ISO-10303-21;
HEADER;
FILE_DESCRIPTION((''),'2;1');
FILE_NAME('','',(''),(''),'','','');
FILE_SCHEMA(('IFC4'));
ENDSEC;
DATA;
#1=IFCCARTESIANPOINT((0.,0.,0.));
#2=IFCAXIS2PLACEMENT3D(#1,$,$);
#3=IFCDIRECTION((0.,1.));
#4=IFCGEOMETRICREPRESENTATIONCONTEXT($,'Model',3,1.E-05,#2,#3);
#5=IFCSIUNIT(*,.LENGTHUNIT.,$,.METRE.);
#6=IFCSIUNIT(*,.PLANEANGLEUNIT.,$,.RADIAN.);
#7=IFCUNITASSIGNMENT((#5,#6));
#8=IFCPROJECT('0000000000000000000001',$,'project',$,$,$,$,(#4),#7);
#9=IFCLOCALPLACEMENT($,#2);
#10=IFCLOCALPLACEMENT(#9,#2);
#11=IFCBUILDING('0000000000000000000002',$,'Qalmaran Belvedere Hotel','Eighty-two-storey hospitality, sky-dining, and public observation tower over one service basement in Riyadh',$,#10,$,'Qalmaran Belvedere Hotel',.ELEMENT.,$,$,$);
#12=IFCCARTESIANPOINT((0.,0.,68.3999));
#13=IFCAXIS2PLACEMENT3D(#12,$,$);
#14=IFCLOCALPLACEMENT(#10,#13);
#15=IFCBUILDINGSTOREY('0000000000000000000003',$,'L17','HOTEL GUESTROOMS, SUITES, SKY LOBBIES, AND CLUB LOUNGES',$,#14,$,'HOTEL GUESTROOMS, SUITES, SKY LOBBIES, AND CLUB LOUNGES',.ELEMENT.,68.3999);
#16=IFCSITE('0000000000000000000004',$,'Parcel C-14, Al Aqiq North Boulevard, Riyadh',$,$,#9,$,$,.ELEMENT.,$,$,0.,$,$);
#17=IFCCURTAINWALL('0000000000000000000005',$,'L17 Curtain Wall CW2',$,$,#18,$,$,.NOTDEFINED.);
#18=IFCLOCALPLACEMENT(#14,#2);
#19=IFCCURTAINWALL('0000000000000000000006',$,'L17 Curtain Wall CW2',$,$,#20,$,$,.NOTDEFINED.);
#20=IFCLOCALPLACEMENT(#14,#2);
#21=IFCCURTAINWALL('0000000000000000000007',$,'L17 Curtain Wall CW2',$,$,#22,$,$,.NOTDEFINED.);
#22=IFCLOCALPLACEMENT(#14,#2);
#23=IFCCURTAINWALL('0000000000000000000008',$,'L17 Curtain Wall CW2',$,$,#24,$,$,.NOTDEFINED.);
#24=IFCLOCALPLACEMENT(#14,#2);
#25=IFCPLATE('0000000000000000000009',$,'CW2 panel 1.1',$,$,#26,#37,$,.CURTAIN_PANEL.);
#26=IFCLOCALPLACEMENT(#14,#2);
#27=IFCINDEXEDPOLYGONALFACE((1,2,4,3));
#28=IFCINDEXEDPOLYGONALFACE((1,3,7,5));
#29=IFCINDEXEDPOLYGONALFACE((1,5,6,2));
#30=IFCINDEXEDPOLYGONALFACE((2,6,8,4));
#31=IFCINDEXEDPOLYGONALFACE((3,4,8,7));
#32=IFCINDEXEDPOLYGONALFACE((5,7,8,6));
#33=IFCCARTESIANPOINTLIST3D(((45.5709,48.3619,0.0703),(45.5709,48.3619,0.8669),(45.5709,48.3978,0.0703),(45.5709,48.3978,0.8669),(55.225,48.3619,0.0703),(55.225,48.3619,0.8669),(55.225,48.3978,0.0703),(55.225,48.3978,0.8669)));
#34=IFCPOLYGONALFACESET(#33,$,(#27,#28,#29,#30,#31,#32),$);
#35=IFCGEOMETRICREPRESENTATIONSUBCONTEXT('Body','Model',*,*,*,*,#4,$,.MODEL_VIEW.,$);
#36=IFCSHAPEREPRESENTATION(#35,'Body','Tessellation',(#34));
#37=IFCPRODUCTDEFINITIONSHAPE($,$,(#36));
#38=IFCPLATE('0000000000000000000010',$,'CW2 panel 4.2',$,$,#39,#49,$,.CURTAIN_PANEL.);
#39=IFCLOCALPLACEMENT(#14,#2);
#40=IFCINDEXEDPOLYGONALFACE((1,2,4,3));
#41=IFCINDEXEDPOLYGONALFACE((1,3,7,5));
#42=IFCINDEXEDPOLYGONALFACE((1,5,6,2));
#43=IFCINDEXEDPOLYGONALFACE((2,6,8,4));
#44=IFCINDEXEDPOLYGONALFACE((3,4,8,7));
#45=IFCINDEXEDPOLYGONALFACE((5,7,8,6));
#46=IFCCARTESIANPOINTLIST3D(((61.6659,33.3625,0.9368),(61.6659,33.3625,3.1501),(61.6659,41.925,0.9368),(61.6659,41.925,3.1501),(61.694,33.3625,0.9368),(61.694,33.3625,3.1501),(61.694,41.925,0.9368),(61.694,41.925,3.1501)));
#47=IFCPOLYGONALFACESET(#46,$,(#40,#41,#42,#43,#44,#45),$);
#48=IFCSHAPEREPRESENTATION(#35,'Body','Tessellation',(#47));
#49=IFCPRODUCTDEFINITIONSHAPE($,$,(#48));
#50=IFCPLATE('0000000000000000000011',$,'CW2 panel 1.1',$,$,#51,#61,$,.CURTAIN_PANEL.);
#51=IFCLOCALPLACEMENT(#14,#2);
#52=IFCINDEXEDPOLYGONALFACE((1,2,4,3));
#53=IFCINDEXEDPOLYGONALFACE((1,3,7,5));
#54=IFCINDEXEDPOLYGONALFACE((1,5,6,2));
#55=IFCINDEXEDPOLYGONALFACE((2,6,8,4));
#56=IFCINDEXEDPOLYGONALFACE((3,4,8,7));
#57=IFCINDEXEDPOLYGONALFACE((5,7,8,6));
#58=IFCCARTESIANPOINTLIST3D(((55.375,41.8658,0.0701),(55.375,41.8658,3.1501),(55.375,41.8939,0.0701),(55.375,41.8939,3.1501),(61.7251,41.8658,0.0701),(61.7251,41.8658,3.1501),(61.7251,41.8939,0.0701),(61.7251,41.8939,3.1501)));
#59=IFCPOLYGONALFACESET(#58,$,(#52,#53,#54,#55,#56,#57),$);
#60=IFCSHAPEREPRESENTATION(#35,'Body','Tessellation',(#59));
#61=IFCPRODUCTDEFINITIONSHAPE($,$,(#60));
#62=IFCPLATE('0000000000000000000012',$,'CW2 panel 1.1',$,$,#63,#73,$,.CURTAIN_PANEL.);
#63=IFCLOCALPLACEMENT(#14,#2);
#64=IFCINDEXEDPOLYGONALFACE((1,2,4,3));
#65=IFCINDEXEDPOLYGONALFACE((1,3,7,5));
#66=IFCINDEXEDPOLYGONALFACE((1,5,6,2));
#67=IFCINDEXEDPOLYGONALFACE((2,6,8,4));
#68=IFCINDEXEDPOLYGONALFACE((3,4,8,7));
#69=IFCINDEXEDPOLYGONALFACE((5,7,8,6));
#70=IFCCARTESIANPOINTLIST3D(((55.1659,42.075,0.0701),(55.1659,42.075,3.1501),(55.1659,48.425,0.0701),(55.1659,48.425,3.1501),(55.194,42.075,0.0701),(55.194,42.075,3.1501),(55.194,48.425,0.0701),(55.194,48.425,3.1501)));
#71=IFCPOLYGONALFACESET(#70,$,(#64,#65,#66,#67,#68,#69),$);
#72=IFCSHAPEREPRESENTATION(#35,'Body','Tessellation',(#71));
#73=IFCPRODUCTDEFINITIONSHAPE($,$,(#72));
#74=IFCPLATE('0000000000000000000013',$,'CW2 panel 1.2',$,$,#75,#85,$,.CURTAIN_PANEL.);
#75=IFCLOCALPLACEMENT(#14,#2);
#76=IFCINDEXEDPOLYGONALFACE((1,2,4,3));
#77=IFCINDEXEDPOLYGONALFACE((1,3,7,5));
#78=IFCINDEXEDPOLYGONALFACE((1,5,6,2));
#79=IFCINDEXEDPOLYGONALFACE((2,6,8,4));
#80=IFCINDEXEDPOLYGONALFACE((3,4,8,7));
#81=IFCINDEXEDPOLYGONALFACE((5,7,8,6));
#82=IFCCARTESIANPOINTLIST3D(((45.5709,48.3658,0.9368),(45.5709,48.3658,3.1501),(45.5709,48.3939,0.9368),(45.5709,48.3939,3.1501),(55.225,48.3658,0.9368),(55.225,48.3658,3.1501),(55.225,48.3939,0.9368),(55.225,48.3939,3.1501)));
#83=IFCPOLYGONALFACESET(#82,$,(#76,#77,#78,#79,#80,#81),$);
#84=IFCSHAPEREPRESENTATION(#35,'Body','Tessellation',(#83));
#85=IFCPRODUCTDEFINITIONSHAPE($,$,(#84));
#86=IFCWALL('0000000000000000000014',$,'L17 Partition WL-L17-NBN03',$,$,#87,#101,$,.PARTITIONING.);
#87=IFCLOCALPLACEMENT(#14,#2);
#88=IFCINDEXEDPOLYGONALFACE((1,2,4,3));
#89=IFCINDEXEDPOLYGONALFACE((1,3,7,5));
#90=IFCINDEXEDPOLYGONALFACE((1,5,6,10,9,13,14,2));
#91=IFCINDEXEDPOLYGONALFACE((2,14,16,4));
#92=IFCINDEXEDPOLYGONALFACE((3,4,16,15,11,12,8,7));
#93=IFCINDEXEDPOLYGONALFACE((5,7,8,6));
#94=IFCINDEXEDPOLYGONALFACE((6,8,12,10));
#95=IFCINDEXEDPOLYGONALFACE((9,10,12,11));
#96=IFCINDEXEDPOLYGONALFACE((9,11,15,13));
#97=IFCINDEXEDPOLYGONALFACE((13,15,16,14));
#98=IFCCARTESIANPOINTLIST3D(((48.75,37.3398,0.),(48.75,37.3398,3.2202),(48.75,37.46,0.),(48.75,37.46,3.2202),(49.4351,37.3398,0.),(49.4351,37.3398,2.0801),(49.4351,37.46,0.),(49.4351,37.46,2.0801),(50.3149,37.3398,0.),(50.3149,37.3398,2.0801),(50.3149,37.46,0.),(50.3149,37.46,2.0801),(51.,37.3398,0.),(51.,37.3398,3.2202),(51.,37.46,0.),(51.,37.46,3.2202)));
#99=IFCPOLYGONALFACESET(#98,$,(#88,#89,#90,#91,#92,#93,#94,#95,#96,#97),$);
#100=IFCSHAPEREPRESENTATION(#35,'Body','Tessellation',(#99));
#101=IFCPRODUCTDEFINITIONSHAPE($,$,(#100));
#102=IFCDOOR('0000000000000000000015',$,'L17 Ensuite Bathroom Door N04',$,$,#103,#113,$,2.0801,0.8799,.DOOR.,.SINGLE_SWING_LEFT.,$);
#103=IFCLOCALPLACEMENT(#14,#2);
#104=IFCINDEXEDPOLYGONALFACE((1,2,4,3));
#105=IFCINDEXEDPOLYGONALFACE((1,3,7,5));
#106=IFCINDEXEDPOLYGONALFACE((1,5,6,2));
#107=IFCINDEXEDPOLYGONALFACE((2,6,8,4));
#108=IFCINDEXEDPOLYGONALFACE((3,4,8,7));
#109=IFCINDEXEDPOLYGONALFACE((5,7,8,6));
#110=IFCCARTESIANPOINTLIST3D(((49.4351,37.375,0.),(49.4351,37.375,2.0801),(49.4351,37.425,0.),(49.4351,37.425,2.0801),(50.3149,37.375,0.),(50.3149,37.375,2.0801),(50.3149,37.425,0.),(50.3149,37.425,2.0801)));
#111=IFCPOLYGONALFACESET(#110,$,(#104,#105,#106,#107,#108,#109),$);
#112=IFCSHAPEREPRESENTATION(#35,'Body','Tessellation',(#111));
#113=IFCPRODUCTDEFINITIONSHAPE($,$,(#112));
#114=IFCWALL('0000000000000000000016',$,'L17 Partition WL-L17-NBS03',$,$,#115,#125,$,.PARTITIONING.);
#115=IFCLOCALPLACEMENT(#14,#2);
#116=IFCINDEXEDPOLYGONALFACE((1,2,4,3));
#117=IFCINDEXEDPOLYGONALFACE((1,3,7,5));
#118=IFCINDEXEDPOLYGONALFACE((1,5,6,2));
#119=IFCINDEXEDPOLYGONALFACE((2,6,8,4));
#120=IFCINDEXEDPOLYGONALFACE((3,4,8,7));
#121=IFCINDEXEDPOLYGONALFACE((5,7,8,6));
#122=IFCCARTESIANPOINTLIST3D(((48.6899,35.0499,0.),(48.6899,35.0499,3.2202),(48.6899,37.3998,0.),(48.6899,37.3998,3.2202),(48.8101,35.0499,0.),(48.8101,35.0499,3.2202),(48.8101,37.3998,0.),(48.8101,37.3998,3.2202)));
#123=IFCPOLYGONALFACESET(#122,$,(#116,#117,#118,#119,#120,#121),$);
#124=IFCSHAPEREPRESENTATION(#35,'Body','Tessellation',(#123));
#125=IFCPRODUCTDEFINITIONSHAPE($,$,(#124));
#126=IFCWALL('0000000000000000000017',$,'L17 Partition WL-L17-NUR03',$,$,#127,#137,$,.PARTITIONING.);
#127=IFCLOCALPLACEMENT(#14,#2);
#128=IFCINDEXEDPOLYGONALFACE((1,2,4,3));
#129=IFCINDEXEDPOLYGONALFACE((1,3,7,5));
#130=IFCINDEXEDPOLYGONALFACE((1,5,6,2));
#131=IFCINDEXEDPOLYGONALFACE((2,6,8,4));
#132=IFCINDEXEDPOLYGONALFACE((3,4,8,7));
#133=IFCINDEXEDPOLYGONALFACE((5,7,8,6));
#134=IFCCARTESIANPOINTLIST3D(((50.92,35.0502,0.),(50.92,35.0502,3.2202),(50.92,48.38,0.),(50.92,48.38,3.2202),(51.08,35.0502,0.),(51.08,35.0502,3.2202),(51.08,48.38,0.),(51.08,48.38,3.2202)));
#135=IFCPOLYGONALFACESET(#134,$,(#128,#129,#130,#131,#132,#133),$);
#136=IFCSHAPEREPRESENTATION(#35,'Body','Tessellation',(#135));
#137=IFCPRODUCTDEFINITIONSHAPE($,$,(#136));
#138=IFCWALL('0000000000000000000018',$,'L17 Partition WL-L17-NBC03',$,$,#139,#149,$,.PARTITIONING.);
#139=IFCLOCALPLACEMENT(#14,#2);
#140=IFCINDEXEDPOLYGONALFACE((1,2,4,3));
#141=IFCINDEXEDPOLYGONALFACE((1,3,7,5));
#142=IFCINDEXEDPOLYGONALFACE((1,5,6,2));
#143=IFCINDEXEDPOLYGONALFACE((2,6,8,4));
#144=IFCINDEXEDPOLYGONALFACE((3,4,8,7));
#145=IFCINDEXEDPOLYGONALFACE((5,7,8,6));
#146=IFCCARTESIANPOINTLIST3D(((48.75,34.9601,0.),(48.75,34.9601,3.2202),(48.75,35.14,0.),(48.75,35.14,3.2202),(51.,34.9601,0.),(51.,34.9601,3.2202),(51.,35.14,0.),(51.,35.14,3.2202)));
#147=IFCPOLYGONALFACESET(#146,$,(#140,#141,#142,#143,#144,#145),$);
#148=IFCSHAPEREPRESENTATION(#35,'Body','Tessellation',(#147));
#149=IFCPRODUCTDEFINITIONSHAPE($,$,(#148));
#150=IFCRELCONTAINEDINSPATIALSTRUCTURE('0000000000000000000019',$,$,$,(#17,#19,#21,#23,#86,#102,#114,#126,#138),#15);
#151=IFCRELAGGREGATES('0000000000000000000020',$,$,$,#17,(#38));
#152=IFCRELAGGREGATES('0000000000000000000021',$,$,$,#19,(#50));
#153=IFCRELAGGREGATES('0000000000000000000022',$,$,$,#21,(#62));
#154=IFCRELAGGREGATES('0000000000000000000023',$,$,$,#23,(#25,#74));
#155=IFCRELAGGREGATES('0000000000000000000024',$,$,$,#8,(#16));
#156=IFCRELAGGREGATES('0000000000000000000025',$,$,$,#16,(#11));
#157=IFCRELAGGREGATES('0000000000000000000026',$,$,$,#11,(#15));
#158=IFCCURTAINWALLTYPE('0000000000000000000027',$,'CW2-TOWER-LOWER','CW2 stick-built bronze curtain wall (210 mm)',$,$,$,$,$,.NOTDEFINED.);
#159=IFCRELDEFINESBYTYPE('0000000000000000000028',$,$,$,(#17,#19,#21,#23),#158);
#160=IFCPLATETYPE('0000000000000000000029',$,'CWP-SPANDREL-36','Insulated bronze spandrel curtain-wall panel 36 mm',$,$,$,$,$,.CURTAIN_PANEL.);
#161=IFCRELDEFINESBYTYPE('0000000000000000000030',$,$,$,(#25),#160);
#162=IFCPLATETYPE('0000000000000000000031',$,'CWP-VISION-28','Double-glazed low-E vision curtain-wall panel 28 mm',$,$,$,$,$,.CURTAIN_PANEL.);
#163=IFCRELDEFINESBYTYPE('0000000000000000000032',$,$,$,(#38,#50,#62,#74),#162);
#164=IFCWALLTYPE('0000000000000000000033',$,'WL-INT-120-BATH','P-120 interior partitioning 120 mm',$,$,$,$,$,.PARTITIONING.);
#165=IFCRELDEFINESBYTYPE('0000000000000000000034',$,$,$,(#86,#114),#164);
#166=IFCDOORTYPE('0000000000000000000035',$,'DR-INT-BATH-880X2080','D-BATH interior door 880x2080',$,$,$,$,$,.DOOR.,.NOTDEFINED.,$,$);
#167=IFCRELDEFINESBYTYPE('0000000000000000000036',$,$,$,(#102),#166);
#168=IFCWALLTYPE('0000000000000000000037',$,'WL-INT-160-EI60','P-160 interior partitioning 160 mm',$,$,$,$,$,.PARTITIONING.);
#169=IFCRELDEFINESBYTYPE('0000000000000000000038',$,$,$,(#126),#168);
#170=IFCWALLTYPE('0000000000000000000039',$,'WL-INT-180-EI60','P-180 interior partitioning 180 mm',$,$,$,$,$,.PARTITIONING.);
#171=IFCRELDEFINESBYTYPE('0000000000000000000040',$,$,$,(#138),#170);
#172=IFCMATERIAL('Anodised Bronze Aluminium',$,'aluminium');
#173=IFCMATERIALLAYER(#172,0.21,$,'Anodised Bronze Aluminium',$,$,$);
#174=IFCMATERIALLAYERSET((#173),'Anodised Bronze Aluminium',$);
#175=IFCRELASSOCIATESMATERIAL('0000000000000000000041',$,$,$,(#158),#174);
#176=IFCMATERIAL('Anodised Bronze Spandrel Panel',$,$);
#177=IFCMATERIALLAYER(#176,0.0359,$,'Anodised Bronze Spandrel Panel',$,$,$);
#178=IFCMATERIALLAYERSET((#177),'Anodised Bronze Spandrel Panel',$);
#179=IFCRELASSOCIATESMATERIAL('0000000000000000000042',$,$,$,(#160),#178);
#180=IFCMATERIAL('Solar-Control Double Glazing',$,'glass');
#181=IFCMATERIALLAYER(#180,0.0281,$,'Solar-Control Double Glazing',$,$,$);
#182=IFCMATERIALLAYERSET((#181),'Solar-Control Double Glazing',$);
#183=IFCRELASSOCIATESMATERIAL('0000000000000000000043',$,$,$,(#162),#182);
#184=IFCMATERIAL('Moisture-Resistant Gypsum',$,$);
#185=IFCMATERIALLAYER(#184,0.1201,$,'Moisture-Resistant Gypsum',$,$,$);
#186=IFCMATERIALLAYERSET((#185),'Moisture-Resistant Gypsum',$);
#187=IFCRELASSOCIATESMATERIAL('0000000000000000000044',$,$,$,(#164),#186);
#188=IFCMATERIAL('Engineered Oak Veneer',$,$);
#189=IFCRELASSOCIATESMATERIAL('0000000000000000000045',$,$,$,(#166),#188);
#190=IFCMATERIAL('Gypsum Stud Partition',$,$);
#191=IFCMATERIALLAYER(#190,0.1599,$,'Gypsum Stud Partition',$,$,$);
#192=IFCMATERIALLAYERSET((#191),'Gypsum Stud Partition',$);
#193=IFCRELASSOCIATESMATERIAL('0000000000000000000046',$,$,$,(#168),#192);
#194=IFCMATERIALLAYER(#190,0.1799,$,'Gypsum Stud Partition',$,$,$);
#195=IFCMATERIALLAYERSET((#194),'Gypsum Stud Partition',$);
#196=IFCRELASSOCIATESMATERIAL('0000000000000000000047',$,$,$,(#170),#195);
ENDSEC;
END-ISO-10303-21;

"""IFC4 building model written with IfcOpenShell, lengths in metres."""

from ifc_helpers import new_model, si_unit, direction, frame, frame_2d, origin, origin_2d, place, context, subcontext, project, spatial, rectangle, extrude, material, layer, layer_set, type_object, element, fill, aggregate, save


model = new_model("IFC4")

# Units and contexts
model_context = context("Model", 3, precision=1e-05, world=origin(), true_north=direction((0.0, 1.0)))
body_context = subcontext(model_context, "Body", "Model", "MODEL_VIEW")
ifc_project = project(units=[si_unit("LENGTHUNIT", "METRE"), si_unit("PLANEANGLEUNIT", "RADIAN")], contexts=[model_context])

# Site, building, storey
site_placement = place(None, origin())
site = spatial("IfcSite", under=ifc_project, at=site_placement, Name="Parcel C-14, Al Aqiq North Boulevard, Riyadh", CompositionType="ELEMENT", RefElevation=0.0)
building_placement = place(site_placement, origin())
building = spatial("IfcBuilding", under=site, at=building_placement, Name="Qalmaran Belvedere Hotel", Description="Eighty-two-storey hospitality, sky-dining, and public observation tower over one service basement in Riyadh", LongName="Qalmaran Belvedere Hotel", CompositionType="ELEMENT")
storey_placement = place(building_placement, frame((0.0, 0.0, 68.3999)))
storey = spatial("IfcBuildingStorey", under=building, at=storey_placement, Name="L17", Description="HOTEL GUESTROOMS, SUITES, SKY LOBBIES, AND CLUB LOUNGES", LongName="HOTEL GUESTROOMS, SUITES, SKY LOBBIES, AND CLUB LOUNGES", CompositionType="ELEMENT", Elevation=68.3999)

# Curtain wall
ifc_material_1 = material(Name="Anodised Bronze Aluminium", Category="aluminium")
ifc_layer_1 = layer(ifc_material_1, 0.21, Name="Anodised Bronze Aluminium")
ifc_layer_set_1 = layer_set([ifc_layer_1], Name="Anodised Bronze Aluminium")
curtain_wall_type = type_object("IfcCurtainWallType", Name="CW2-TOWER-LOWER", Description="CW2 stick-built bronze curtain wall (210 mm)", PredefinedType="NOTDEFINED", material=ifc_layer_set_1)
curtain_wall_1_placement = place(storey_placement, origin())
curtain_wall_1 = element("IfcCurtainWall", 1, at=curtain_wall_1_placement, inside=storey, type_object=curtain_wall_type, Name="L17 Curtain Wall CW2", PredefinedType="NOTDEFINED")

# Curtain walls
curtain_wall_2_placement = place(storey_placement, origin())
curtain_wall_2 = element("IfcCurtainWall", 2, at=curtain_wall_2_placement, inside=storey, type_object=curtain_wall_type, Name="L17 Curtain Wall CW2", PredefinedType="NOTDEFINED")
curtain_wall_3_placement = place(storey_placement, origin())
curtain_wall_3 = element("IfcCurtainWall", 3, at=curtain_wall_3_placement, inside=storey, type_object=curtain_wall_type, Name="L17 Curtain Wall CW2", PredefinedType="NOTDEFINED")

# Curtain wall
curtain_wall_4_placement = place(storey_placement, origin())
curtain_wall_4 = element("IfcCurtainWall", 4, at=curtain_wall_4_placement, inside=storey, type_object=curtain_wall_type, Name="L17 Curtain Wall CW2", PredefinedType="NOTDEFINED")

# Plates
ifc_material_2 = material(Name="Anodised Bronze Spandrel Panel")
ifc_layer_2 = layer(ifc_material_2, 0.0359, Name="Anodised Bronze Spandrel Panel")
ifc_layer_set_2 = layer_set([ifc_layer_2], Name="Anodised Bronze Spandrel Panel")
plate_type_1 = type_object("IfcPlateType", Name="CWP-SPANDREL-36", Description="Insulated bronze spandrel curtain-wall panel 36 mm", PredefinedType="CURTAIN_PANEL", material=ifc_layer_set_2)
plate_1_placement = place(storey_placement, frame((50.3979, 48.3799, 0.0703), z_axis=(0.0, 0.0, 1.0), x_axis=(-1.0, 0.0, 0.0)))
plate_1 = element("IfcPlate", 5, at=plate_1_placement, type_object=plate_type_1, Name="CW2 panel 1.1", PredefinedType="CURTAIN_PANEL", context=body_context, shape_type="SweptSolid", body=[
    extrude(rectangle(XDim=9.6541, YDim=0.0359, at=origin_2d()), origin(), (0.0, 0.0, 1.0), 0.7966),
])
ifc_material_3 = material(Name="Solar-Control Double Glazing", Category="glass")
ifc_layer_3 = layer(ifc_material_3, 0.0281, Name="Solar-Control Double Glazing")
ifc_layer_set_3 = layer_set([ifc_layer_3], Name="Solar-Control Double Glazing")
plate_type_2 = type_object("IfcPlateType", Name="CWP-VISION-28", Description="Double-glazed low-E vision curtain-wall panel 28 mm", PredefinedType="CURTAIN_PANEL", material=ifc_layer_set_3)
plate_2_placement = place(storey_placement, frame((61.6799, 37.6438, 0.9368), z_axis=(0.0, 0.0, 1.0), x_axis=(0.0, 1.0, 0.0)))
plate_2 = element("IfcPlate", 6, at=plate_2_placement, type_object=plate_type_2, Name="CW2 panel 4.2", PredefinedType="CURTAIN_PANEL", context=body_context, shape_type="SweptSolid", body=[
    extrude(rectangle(XDim=8.5625, YDim=0.0281, at=origin_2d()), origin(), (0.0, 0.0, 1.0), 2.2134),
])
aggregate(curtain_wall_1, [plate_2])
plate_3_placement = place(storey_placement, frame((58.55, 41.8799, 0.0701), z_axis=(0.0, 0.0, 1.0), x_axis=(-1.0, 0.0, 0.0)))
plate_3 = element("IfcPlate", 7, at=plate_3_placement, type_object=plate_type_2, Name="CW2 panel 1.1", PredefinedType="CURTAIN_PANEL", context=body_context, shape_type="SweptSolid", body=[
    extrude(rectangle(XDim=6.3501, YDim=0.0281, at=origin_2d()), origin(), (0.0, 0.0, 1.0), 3.0801),
])
aggregate(curtain_wall_2, [plate_3])
plate_4_placement = place(storey_placement, frame((55.1799, 45.25, 0.0701), z_axis=(0.0, 0.0, 1.0), x_axis=(0.0, 1.0, 0.0)))
plate_4 = element("IfcPlate", 8, at=plate_4_placement, type_object=plate_type_2, Name="CW2 panel 1.1", PredefinedType="CURTAIN_PANEL", context=body_context, shape_type="SweptSolid", body=[
    extrude(rectangle(XDim=6.3501, YDim=0.0281, at=origin_2d()), origin(), (0.0, 0.0, 1.0), 3.0801),
])
aggregate(curtain_wall_3, [plate_4])
plate_5_placement = place(storey_placement, frame((50.3979, 48.3799, 0.9368), z_axis=(0.0, 0.0, 1.0), x_axis=(-1.0, 0.0, 0.0)))
plate_5 = element("IfcPlate", 9, at=plate_5_placement, type_object=plate_type_2, Name="CW2 panel 1.2", PredefinedType="CURTAIN_PANEL", context=body_context, shape_type="SweptSolid", body=[
    extrude(rectangle(XDim=9.6541, YDim=0.0281, at=origin_2d()), origin(), (0.0, 0.0, 1.0), 2.2134),
])
aggregate(curtain_wall_4, [plate_1, plate_5])

# Wall, opening, door
ifc_material_4 = material(Name="Moisture-Resistant Gypsum")
ifc_layer_4 = layer(ifc_material_4, 0.1201, Name="Moisture-Resistant Gypsum")
ifc_layer_set_4 = layer_set([ifc_layer_4], Name="Moisture-Resistant Gypsum")
wall_type_1 = type_object("IfcWallType", Name="WL-INT-120-BATH", Description="P-120 interior partitioning 120 mm", PredefinedType="PARTITIONING", material=ifc_layer_set_4)
wall_1_placement = place(storey_placement, frame((48.75, 37.3999, 0.0), z_axis=(0.0, 0.0, 1.0), x_axis=(1.0, 0.0, 0.0)))
wall_1 = element("IfcWall", 10, at=wall_1_placement, inside=storey, type_object=wall_type_1, Name="L17 Partition WL-L17-NBN03", PredefinedType="PARTITIONING", context=body_context, shape_type="SweptSolid", body=[
    extrude(rectangle(XDim=2.25, YDim=0.1201, at=frame_2d((1.125, 0.0))), origin(), (0.0, 0.0, 1.0), 3.2202),
])
opening_placement = place(wall_1_placement, frame((1.5649, 0.0, 0.0), z_axis=(0.0, 0.0, 1.0), x_axis=(-1.0, 0.0, 0.0)))
opening = element("IfcOpeningElement", 11, at=opening_placement, cuts=wall_1, PredefinedType="OPENING", context=body_context, shape_type="SweptSolid", body=[
    extrude(rectangle(XDim=0.8799, YDim=2.0801, at=frame_2d((0.4399, 1.04))), frame((0.0, 0.0701, 0.0), z_axis=(0.0, -1.0, 0.0), x_axis=(1.0, 0.0, 0.0)), (0.0, 0.0, 1.0), 0.1401),
])
ifc_material_5 = material(Name="Engineered Oak Veneer")
door_type = type_object("IfcDoorType", Name="DR-INT-BATH-880X2080", Description="D-BATH interior door 880x2080", OperationType="NOTDEFINED", PredefinedType="DOOR", material=ifc_material_5)
door_placement = place(opening_placement, origin())
door = element("IfcDoor", 12, at=door_placement, inside=storey, type_object=door_type, Name="L17 Ensuite Bathroom Door N04", OperationType="SINGLE_SWING_LEFT", OverallHeight=2.0801, OverallWidth=0.8799, PredefinedType="DOOR", context=body_context, shape_type="SweptSolid", body=[
    extrude(rectangle(XDim=0.8799, YDim=2.0801, at=frame_2d((0.4399, 1.04))), frame((0.0, 0.0249, 0.0), z_axis=(0.0, -1.0, 0.0), x_axis=(1.0, 0.0, 0.0)), (0.0, 0.0, 1.0), 0.05),
])
fill(opening, door)

# Walls
wall_2_placement = place(storey_placement, frame((48.75, 35.05, 0.0), z_axis=(0.0, 0.0, 1.0), x_axis=(0.0, 1.0, 0.0)))
element("IfcWall", 13, at=wall_2_placement, inside=storey, type_object=wall_type_1, Name="L17 Partition WL-L17-NBS03", PredefinedType="PARTITIONING", context=body_context, shape_type="SweptSolid", body=[
    extrude(rectangle(XDim=2.3499, YDim=0.1201, at=frame_2d((1.1748, 0.0))), origin(), (0.0, 0.0, 1.0), 3.2202),
])
ifc_material_6 = material(Name="Gypsum Stud Partition")
ifc_layer_5 = layer(ifc_material_6, 0.1599, Name="Gypsum Stud Partition")
ifc_layer_set_5 = layer_set([ifc_layer_5], Name="Gypsum Stud Partition")
wall_type_2 = type_object("IfcWallType", Name="WL-INT-160-EI60", Description="P-160 interior partitioning 160 mm", PredefinedType="PARTITIONING", material=ifc_layer_set_5)
wall_3_placement = place(storey_placement, frame((51.0, 35.05, 0.0), z_axis=(0.0, 0.0, 1.0), x_axis=(0.0, 1.0, 0.0)))
element("IfcWall", 14, at=wall_3_placement, inside=storey, type_object=wall_type_2, Name="L17 Partition WL-L17-NUR03", PredefinedType="PARTITIONING", context=body_context, shape_type="SweptSolid", body=[
    extrude(rectangle(XDim=13.3298, YDim=0.1599, at=frame_2d((6.665, 0.0))), origin(), (0.0, 0.0, 1.0), 3.2202),
])
ifc_layer_6 = layer(ifc_material_6, 0.1799, Name="Gypsum Stud Partition")
ifc_layer_set_6 = layer_set([ifc_layer_6], Name="Gypsum Stud Partition")
wall_type_3 = type_object("IfcWallType", Name="WL-INT-180-EI60", Description="P-180 interior partitioning 180 mm", PredefinedType="PARTITIONING", material=ifc_layer_set_6)
wall_4_placement = place(storey_placement, frame((48.75, 35.05, 0.0), z_axis=(0.0, 0.0, 1.0), x_axis=(1.0, 0.0, 0.0)))
element("IfcWall", 15, at=wall_4_placement, inside=storey, type_object=wall_type_3, Name="L17 Partition WL-L17-NBC03", PredefinedType="PARTITIONING", context=body_context, shape_type="SweptSolid", body=[
    extrude(rectangle(XDim=2.25, YDim=0.1799, at=frame_2d((1.125, 0.0))), origin(), (0.0, 0.0, 1.0), 3.2202),
])

save(model, "model.ifc")
